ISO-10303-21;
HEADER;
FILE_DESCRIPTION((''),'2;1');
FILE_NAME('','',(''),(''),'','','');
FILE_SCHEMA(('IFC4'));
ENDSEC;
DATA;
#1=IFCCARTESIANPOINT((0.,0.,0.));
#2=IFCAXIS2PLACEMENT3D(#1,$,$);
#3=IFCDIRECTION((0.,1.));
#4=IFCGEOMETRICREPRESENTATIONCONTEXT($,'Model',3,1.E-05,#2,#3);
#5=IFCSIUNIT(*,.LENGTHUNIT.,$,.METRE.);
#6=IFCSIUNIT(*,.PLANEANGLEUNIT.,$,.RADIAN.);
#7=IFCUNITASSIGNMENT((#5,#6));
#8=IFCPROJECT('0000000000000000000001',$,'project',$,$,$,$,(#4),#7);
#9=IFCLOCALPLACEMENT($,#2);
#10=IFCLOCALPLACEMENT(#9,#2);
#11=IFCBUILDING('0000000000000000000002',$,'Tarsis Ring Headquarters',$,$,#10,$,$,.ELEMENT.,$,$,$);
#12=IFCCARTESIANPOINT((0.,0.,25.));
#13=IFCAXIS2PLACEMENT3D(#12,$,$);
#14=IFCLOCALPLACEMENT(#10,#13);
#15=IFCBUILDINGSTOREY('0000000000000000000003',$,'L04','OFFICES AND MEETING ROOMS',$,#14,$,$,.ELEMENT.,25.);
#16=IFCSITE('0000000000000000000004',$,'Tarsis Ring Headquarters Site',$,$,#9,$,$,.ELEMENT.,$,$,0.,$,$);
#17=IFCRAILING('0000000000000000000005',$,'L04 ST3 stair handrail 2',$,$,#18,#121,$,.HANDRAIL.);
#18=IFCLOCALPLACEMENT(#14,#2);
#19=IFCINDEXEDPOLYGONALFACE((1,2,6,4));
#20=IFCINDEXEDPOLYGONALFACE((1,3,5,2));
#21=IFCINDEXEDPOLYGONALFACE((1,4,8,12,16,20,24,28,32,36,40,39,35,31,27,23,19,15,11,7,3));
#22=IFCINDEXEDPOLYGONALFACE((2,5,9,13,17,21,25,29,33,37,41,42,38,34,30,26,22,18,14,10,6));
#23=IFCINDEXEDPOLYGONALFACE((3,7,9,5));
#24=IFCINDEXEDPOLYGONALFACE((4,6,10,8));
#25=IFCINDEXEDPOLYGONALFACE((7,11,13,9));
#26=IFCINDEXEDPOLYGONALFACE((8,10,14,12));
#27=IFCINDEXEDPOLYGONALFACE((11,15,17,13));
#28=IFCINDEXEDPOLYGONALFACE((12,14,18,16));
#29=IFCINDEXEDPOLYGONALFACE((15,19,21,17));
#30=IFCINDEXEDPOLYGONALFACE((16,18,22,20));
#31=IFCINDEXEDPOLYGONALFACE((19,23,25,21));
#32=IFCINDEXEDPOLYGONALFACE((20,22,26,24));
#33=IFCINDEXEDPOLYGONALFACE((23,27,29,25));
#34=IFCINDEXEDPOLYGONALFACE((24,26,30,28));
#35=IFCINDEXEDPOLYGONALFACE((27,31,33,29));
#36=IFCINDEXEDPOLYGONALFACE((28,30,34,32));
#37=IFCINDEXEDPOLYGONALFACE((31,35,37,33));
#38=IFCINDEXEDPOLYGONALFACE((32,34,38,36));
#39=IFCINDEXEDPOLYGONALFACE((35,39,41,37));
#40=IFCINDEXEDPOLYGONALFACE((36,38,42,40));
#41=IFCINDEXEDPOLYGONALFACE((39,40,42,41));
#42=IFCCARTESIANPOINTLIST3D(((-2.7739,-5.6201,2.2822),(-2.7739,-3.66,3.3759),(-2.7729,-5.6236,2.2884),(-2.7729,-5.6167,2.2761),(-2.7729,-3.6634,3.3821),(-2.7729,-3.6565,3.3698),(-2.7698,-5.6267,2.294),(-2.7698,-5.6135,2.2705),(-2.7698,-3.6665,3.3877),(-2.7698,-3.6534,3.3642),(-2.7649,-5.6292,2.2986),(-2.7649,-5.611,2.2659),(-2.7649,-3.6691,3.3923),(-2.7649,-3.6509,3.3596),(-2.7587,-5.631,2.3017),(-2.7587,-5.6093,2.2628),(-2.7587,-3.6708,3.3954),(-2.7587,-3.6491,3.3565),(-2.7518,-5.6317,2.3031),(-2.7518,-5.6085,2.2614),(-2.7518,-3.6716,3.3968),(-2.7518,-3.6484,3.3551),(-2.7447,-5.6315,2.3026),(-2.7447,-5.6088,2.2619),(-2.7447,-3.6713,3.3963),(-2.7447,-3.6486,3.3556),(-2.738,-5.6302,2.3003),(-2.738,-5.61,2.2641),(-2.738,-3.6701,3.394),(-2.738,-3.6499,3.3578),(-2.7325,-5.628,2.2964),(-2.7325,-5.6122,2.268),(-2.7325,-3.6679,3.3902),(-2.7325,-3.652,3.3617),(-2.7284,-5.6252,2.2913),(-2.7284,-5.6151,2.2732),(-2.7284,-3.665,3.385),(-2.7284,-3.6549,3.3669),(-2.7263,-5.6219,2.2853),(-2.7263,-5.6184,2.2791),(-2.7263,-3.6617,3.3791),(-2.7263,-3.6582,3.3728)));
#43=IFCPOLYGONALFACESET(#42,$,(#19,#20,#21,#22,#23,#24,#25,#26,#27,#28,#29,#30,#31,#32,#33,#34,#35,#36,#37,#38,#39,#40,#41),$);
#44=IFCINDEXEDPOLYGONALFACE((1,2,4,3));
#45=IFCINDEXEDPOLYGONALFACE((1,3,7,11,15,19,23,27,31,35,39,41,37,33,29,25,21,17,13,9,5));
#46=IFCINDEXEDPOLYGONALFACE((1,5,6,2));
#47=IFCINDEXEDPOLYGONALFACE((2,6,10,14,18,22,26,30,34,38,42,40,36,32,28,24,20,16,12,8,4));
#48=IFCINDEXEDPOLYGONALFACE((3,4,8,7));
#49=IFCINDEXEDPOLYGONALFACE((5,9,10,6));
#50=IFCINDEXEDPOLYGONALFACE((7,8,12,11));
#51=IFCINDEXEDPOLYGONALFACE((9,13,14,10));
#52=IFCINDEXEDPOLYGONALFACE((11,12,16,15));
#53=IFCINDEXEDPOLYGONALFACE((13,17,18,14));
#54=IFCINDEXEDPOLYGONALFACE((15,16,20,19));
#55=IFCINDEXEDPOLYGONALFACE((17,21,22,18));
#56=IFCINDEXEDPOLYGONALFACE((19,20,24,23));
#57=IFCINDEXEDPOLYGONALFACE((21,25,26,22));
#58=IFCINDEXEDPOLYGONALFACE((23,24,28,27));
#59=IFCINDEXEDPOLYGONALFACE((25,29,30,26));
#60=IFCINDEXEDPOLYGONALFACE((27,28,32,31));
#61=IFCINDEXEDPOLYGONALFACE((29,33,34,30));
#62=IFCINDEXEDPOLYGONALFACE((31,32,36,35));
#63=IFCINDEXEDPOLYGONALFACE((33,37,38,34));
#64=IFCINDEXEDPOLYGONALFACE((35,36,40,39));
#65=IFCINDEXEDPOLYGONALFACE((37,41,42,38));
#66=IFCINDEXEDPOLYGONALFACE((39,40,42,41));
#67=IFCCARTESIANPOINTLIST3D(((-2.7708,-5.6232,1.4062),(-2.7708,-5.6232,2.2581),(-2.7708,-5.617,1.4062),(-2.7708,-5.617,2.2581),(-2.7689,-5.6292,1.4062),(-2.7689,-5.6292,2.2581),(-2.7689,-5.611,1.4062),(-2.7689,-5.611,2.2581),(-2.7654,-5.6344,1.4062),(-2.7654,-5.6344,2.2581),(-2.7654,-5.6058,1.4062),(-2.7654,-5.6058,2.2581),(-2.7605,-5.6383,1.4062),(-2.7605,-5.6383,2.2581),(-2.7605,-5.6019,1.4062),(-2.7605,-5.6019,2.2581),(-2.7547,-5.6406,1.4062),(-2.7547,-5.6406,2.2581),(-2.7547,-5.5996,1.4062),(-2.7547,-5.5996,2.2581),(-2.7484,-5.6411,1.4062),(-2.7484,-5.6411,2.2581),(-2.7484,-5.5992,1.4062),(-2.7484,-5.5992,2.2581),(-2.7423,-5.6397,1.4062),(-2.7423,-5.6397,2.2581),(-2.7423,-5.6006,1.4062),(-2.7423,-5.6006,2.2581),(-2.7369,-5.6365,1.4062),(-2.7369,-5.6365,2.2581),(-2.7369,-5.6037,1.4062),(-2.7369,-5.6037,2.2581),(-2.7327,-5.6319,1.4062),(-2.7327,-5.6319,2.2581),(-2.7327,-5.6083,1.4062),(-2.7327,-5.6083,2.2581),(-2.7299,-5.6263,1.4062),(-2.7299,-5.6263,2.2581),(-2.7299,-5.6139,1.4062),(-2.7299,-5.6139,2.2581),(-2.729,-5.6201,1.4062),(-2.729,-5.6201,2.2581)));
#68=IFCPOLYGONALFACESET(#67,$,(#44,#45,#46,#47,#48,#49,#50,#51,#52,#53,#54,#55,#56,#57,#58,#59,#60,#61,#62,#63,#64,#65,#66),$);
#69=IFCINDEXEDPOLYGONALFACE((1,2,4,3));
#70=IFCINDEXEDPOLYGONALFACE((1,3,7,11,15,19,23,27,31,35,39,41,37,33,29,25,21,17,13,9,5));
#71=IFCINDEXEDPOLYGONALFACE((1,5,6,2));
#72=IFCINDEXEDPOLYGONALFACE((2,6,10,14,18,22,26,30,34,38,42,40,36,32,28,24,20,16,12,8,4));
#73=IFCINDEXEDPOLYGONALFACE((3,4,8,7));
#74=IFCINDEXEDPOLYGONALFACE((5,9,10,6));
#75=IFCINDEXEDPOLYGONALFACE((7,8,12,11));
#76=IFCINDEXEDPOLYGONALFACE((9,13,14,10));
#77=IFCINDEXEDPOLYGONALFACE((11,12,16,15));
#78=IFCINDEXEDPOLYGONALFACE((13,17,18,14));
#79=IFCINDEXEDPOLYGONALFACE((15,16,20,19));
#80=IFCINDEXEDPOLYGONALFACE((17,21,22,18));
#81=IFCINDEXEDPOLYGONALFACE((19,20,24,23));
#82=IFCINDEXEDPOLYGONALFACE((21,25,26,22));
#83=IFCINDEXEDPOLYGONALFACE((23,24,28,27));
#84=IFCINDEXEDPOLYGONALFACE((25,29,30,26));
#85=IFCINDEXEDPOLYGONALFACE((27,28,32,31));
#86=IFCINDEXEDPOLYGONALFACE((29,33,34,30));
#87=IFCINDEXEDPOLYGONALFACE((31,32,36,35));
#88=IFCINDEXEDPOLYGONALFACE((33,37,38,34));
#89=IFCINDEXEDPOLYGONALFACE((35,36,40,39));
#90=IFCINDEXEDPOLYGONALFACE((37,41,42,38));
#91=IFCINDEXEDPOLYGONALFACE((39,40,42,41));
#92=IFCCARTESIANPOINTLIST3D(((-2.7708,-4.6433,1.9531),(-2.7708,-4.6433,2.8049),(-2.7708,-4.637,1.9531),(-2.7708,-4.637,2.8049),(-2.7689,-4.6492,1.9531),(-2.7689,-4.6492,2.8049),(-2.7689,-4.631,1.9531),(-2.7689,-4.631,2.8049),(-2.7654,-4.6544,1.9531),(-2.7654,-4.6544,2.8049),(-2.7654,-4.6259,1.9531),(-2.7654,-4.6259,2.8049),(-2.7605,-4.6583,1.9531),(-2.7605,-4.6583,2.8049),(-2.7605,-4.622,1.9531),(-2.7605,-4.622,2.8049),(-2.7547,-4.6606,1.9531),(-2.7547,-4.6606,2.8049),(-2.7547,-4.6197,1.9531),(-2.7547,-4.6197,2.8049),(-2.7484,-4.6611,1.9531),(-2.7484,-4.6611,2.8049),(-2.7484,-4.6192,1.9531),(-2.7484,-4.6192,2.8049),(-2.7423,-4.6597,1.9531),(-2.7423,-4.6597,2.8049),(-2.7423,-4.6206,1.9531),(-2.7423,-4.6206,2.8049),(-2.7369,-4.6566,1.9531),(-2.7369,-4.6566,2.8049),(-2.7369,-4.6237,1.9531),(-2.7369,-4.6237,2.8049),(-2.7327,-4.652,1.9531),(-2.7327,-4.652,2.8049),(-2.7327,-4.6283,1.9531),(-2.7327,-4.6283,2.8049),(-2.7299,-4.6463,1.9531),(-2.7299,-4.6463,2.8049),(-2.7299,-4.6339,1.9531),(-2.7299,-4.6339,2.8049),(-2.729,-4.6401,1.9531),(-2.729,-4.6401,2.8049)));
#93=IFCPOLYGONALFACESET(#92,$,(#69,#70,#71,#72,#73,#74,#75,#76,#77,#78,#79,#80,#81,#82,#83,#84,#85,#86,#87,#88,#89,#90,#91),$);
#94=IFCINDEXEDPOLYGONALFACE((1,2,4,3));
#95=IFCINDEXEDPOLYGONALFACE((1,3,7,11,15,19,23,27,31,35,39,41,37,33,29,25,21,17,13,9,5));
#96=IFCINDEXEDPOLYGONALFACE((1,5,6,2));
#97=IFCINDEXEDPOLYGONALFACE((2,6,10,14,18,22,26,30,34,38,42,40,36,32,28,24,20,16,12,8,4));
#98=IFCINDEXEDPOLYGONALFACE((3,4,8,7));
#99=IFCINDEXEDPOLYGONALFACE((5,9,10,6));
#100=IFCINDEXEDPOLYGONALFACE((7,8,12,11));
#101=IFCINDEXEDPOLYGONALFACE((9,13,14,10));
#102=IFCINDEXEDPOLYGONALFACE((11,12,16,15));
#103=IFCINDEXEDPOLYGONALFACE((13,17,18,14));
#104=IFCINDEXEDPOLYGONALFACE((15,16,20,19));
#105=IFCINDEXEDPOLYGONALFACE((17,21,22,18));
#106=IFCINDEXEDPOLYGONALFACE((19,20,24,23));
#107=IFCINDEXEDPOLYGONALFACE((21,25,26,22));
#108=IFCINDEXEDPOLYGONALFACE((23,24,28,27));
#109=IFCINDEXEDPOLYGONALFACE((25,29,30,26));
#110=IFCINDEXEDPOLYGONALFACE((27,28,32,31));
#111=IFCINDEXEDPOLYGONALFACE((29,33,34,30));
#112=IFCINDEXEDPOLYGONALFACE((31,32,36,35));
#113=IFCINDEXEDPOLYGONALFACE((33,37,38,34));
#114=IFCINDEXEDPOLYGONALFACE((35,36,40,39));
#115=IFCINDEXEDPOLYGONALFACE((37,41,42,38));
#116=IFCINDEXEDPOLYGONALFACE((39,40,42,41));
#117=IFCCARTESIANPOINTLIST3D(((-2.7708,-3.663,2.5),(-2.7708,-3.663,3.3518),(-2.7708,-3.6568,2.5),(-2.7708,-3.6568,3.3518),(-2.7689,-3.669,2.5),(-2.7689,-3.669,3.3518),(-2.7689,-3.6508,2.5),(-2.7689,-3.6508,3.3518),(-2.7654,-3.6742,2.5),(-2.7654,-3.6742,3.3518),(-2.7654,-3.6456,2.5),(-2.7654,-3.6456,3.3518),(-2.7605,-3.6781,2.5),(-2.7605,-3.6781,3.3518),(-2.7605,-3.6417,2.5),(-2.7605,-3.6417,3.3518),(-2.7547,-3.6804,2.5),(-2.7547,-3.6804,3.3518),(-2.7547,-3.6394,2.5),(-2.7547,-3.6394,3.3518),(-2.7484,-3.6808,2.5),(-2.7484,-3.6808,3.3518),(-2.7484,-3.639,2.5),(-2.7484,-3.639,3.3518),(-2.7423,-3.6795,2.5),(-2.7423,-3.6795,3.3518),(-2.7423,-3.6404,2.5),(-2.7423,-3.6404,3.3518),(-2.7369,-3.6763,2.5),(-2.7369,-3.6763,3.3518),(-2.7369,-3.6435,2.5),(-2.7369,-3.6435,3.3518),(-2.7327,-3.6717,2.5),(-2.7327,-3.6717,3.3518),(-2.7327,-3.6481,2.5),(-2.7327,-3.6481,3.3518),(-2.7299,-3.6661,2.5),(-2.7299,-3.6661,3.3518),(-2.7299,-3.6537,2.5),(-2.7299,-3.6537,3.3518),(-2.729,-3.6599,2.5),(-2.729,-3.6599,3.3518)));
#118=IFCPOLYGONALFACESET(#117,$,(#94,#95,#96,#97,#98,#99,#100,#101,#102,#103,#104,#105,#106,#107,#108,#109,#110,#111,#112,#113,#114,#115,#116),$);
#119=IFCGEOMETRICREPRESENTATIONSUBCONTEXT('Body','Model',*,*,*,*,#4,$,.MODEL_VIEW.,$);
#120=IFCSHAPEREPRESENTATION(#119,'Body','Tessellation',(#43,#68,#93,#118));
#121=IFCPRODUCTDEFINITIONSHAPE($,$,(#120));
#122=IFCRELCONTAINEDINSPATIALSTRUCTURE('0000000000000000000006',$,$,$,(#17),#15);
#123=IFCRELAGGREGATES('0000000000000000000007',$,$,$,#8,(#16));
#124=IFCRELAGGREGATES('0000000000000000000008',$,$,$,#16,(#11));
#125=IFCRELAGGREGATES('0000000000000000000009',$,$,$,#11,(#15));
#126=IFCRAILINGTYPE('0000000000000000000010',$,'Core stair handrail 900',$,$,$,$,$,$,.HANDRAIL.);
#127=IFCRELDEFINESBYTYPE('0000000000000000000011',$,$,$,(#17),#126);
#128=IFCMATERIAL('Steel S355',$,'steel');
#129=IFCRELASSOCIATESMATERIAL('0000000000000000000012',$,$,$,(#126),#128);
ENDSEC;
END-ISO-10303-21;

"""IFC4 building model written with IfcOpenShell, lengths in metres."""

from ifc_helpers import new_model, si_unit, direction, frame, origin, origin_2d, place, context, subcontext, project, spatial, circle, extrude, material, type_object, element, save


model = new_model("IFC4")

# Units and contexts
model_context = context("Model", 3, precision=1e-05, world=origin(), true_north=direction((0.0, 1.0)))
body_context = subcontext(model_context, "Body", "Model", "MODEL_VIEW")
ifc_project = project(units=[si_unit("LENGTHUNIT", "METRE"), si_unit("PLANEANGLEUNIT", "RADIAN")], contexts=[model_context])

# Site, building, storey
site_placement = place(None, origin())
site = spatial("IfcSite", under=ifc_project, at=site_placement, Name="Tarsis Ring Headquarters Site", CompositionType="ELEMENT", RefElevation=0.0)
building_placement = place(site_placement, origin())
building = spatial("IfcBuilding", under=site, at=building_placement, Name="Tarsis Ring Headquarters", CompositionType="ELEMENT")
storey_placement = place(building_placement, frame((0.0, 0.0, 25.0)))
storey = spatial("IfcBuildingStorey", under=building, at=storey_placement, Name="L04", Description="OFFICES AND MEETING ROOMS", CompositionType="ELEMENT", Elevation=25.0)

# Railing
ifc_material_1 = material(Name="Steel S355", Category="steel")
railing_type_1 = type_object("IfcRailingType", Name="Core stair handrail 900", PredefinedType="HANDRAIL", material=ifc_material_1)
railing_1_placement = place(storey_placement, frame((-2.75, -5.6201, 1.4062)))
element("IfcRailing", 1, at=railing_1_placement, inside=storey, type_object=railing_type_1, Name="L04 ST3 stair handrail 2", PredefinedType="HANDRAIL", context=body_context, shape_type="SweptSolid", body=[
    extrude(circle(Radius=0.0239, at=origin_2d()), frame((0.0, 0.0, 0.876), z_axis=(0.0, 0.873258, 0.487258), x_axis=(-1.0, 0.0, 0.0)), (0.0, 0.0, 1.0), 2.2446),
    extrude(circle(Radius=0.021, at=origin_2d()), origin(), (0.0, 0.0, 1.0), 0.8518),
    extrude(circle(Radius=0.021, at=origin_2d()), frame((0.0, 0.98, 0.5469)), (0.0, 0.0, 1.0), 0.8518),
    extrude(circle(Radius=0.021, at=origin_2d()), frame((0.0, 1.9602, 1.0938)), (0.0, 0.0, 1.0), 0.8518),
])

save(model, "model.ifc")
